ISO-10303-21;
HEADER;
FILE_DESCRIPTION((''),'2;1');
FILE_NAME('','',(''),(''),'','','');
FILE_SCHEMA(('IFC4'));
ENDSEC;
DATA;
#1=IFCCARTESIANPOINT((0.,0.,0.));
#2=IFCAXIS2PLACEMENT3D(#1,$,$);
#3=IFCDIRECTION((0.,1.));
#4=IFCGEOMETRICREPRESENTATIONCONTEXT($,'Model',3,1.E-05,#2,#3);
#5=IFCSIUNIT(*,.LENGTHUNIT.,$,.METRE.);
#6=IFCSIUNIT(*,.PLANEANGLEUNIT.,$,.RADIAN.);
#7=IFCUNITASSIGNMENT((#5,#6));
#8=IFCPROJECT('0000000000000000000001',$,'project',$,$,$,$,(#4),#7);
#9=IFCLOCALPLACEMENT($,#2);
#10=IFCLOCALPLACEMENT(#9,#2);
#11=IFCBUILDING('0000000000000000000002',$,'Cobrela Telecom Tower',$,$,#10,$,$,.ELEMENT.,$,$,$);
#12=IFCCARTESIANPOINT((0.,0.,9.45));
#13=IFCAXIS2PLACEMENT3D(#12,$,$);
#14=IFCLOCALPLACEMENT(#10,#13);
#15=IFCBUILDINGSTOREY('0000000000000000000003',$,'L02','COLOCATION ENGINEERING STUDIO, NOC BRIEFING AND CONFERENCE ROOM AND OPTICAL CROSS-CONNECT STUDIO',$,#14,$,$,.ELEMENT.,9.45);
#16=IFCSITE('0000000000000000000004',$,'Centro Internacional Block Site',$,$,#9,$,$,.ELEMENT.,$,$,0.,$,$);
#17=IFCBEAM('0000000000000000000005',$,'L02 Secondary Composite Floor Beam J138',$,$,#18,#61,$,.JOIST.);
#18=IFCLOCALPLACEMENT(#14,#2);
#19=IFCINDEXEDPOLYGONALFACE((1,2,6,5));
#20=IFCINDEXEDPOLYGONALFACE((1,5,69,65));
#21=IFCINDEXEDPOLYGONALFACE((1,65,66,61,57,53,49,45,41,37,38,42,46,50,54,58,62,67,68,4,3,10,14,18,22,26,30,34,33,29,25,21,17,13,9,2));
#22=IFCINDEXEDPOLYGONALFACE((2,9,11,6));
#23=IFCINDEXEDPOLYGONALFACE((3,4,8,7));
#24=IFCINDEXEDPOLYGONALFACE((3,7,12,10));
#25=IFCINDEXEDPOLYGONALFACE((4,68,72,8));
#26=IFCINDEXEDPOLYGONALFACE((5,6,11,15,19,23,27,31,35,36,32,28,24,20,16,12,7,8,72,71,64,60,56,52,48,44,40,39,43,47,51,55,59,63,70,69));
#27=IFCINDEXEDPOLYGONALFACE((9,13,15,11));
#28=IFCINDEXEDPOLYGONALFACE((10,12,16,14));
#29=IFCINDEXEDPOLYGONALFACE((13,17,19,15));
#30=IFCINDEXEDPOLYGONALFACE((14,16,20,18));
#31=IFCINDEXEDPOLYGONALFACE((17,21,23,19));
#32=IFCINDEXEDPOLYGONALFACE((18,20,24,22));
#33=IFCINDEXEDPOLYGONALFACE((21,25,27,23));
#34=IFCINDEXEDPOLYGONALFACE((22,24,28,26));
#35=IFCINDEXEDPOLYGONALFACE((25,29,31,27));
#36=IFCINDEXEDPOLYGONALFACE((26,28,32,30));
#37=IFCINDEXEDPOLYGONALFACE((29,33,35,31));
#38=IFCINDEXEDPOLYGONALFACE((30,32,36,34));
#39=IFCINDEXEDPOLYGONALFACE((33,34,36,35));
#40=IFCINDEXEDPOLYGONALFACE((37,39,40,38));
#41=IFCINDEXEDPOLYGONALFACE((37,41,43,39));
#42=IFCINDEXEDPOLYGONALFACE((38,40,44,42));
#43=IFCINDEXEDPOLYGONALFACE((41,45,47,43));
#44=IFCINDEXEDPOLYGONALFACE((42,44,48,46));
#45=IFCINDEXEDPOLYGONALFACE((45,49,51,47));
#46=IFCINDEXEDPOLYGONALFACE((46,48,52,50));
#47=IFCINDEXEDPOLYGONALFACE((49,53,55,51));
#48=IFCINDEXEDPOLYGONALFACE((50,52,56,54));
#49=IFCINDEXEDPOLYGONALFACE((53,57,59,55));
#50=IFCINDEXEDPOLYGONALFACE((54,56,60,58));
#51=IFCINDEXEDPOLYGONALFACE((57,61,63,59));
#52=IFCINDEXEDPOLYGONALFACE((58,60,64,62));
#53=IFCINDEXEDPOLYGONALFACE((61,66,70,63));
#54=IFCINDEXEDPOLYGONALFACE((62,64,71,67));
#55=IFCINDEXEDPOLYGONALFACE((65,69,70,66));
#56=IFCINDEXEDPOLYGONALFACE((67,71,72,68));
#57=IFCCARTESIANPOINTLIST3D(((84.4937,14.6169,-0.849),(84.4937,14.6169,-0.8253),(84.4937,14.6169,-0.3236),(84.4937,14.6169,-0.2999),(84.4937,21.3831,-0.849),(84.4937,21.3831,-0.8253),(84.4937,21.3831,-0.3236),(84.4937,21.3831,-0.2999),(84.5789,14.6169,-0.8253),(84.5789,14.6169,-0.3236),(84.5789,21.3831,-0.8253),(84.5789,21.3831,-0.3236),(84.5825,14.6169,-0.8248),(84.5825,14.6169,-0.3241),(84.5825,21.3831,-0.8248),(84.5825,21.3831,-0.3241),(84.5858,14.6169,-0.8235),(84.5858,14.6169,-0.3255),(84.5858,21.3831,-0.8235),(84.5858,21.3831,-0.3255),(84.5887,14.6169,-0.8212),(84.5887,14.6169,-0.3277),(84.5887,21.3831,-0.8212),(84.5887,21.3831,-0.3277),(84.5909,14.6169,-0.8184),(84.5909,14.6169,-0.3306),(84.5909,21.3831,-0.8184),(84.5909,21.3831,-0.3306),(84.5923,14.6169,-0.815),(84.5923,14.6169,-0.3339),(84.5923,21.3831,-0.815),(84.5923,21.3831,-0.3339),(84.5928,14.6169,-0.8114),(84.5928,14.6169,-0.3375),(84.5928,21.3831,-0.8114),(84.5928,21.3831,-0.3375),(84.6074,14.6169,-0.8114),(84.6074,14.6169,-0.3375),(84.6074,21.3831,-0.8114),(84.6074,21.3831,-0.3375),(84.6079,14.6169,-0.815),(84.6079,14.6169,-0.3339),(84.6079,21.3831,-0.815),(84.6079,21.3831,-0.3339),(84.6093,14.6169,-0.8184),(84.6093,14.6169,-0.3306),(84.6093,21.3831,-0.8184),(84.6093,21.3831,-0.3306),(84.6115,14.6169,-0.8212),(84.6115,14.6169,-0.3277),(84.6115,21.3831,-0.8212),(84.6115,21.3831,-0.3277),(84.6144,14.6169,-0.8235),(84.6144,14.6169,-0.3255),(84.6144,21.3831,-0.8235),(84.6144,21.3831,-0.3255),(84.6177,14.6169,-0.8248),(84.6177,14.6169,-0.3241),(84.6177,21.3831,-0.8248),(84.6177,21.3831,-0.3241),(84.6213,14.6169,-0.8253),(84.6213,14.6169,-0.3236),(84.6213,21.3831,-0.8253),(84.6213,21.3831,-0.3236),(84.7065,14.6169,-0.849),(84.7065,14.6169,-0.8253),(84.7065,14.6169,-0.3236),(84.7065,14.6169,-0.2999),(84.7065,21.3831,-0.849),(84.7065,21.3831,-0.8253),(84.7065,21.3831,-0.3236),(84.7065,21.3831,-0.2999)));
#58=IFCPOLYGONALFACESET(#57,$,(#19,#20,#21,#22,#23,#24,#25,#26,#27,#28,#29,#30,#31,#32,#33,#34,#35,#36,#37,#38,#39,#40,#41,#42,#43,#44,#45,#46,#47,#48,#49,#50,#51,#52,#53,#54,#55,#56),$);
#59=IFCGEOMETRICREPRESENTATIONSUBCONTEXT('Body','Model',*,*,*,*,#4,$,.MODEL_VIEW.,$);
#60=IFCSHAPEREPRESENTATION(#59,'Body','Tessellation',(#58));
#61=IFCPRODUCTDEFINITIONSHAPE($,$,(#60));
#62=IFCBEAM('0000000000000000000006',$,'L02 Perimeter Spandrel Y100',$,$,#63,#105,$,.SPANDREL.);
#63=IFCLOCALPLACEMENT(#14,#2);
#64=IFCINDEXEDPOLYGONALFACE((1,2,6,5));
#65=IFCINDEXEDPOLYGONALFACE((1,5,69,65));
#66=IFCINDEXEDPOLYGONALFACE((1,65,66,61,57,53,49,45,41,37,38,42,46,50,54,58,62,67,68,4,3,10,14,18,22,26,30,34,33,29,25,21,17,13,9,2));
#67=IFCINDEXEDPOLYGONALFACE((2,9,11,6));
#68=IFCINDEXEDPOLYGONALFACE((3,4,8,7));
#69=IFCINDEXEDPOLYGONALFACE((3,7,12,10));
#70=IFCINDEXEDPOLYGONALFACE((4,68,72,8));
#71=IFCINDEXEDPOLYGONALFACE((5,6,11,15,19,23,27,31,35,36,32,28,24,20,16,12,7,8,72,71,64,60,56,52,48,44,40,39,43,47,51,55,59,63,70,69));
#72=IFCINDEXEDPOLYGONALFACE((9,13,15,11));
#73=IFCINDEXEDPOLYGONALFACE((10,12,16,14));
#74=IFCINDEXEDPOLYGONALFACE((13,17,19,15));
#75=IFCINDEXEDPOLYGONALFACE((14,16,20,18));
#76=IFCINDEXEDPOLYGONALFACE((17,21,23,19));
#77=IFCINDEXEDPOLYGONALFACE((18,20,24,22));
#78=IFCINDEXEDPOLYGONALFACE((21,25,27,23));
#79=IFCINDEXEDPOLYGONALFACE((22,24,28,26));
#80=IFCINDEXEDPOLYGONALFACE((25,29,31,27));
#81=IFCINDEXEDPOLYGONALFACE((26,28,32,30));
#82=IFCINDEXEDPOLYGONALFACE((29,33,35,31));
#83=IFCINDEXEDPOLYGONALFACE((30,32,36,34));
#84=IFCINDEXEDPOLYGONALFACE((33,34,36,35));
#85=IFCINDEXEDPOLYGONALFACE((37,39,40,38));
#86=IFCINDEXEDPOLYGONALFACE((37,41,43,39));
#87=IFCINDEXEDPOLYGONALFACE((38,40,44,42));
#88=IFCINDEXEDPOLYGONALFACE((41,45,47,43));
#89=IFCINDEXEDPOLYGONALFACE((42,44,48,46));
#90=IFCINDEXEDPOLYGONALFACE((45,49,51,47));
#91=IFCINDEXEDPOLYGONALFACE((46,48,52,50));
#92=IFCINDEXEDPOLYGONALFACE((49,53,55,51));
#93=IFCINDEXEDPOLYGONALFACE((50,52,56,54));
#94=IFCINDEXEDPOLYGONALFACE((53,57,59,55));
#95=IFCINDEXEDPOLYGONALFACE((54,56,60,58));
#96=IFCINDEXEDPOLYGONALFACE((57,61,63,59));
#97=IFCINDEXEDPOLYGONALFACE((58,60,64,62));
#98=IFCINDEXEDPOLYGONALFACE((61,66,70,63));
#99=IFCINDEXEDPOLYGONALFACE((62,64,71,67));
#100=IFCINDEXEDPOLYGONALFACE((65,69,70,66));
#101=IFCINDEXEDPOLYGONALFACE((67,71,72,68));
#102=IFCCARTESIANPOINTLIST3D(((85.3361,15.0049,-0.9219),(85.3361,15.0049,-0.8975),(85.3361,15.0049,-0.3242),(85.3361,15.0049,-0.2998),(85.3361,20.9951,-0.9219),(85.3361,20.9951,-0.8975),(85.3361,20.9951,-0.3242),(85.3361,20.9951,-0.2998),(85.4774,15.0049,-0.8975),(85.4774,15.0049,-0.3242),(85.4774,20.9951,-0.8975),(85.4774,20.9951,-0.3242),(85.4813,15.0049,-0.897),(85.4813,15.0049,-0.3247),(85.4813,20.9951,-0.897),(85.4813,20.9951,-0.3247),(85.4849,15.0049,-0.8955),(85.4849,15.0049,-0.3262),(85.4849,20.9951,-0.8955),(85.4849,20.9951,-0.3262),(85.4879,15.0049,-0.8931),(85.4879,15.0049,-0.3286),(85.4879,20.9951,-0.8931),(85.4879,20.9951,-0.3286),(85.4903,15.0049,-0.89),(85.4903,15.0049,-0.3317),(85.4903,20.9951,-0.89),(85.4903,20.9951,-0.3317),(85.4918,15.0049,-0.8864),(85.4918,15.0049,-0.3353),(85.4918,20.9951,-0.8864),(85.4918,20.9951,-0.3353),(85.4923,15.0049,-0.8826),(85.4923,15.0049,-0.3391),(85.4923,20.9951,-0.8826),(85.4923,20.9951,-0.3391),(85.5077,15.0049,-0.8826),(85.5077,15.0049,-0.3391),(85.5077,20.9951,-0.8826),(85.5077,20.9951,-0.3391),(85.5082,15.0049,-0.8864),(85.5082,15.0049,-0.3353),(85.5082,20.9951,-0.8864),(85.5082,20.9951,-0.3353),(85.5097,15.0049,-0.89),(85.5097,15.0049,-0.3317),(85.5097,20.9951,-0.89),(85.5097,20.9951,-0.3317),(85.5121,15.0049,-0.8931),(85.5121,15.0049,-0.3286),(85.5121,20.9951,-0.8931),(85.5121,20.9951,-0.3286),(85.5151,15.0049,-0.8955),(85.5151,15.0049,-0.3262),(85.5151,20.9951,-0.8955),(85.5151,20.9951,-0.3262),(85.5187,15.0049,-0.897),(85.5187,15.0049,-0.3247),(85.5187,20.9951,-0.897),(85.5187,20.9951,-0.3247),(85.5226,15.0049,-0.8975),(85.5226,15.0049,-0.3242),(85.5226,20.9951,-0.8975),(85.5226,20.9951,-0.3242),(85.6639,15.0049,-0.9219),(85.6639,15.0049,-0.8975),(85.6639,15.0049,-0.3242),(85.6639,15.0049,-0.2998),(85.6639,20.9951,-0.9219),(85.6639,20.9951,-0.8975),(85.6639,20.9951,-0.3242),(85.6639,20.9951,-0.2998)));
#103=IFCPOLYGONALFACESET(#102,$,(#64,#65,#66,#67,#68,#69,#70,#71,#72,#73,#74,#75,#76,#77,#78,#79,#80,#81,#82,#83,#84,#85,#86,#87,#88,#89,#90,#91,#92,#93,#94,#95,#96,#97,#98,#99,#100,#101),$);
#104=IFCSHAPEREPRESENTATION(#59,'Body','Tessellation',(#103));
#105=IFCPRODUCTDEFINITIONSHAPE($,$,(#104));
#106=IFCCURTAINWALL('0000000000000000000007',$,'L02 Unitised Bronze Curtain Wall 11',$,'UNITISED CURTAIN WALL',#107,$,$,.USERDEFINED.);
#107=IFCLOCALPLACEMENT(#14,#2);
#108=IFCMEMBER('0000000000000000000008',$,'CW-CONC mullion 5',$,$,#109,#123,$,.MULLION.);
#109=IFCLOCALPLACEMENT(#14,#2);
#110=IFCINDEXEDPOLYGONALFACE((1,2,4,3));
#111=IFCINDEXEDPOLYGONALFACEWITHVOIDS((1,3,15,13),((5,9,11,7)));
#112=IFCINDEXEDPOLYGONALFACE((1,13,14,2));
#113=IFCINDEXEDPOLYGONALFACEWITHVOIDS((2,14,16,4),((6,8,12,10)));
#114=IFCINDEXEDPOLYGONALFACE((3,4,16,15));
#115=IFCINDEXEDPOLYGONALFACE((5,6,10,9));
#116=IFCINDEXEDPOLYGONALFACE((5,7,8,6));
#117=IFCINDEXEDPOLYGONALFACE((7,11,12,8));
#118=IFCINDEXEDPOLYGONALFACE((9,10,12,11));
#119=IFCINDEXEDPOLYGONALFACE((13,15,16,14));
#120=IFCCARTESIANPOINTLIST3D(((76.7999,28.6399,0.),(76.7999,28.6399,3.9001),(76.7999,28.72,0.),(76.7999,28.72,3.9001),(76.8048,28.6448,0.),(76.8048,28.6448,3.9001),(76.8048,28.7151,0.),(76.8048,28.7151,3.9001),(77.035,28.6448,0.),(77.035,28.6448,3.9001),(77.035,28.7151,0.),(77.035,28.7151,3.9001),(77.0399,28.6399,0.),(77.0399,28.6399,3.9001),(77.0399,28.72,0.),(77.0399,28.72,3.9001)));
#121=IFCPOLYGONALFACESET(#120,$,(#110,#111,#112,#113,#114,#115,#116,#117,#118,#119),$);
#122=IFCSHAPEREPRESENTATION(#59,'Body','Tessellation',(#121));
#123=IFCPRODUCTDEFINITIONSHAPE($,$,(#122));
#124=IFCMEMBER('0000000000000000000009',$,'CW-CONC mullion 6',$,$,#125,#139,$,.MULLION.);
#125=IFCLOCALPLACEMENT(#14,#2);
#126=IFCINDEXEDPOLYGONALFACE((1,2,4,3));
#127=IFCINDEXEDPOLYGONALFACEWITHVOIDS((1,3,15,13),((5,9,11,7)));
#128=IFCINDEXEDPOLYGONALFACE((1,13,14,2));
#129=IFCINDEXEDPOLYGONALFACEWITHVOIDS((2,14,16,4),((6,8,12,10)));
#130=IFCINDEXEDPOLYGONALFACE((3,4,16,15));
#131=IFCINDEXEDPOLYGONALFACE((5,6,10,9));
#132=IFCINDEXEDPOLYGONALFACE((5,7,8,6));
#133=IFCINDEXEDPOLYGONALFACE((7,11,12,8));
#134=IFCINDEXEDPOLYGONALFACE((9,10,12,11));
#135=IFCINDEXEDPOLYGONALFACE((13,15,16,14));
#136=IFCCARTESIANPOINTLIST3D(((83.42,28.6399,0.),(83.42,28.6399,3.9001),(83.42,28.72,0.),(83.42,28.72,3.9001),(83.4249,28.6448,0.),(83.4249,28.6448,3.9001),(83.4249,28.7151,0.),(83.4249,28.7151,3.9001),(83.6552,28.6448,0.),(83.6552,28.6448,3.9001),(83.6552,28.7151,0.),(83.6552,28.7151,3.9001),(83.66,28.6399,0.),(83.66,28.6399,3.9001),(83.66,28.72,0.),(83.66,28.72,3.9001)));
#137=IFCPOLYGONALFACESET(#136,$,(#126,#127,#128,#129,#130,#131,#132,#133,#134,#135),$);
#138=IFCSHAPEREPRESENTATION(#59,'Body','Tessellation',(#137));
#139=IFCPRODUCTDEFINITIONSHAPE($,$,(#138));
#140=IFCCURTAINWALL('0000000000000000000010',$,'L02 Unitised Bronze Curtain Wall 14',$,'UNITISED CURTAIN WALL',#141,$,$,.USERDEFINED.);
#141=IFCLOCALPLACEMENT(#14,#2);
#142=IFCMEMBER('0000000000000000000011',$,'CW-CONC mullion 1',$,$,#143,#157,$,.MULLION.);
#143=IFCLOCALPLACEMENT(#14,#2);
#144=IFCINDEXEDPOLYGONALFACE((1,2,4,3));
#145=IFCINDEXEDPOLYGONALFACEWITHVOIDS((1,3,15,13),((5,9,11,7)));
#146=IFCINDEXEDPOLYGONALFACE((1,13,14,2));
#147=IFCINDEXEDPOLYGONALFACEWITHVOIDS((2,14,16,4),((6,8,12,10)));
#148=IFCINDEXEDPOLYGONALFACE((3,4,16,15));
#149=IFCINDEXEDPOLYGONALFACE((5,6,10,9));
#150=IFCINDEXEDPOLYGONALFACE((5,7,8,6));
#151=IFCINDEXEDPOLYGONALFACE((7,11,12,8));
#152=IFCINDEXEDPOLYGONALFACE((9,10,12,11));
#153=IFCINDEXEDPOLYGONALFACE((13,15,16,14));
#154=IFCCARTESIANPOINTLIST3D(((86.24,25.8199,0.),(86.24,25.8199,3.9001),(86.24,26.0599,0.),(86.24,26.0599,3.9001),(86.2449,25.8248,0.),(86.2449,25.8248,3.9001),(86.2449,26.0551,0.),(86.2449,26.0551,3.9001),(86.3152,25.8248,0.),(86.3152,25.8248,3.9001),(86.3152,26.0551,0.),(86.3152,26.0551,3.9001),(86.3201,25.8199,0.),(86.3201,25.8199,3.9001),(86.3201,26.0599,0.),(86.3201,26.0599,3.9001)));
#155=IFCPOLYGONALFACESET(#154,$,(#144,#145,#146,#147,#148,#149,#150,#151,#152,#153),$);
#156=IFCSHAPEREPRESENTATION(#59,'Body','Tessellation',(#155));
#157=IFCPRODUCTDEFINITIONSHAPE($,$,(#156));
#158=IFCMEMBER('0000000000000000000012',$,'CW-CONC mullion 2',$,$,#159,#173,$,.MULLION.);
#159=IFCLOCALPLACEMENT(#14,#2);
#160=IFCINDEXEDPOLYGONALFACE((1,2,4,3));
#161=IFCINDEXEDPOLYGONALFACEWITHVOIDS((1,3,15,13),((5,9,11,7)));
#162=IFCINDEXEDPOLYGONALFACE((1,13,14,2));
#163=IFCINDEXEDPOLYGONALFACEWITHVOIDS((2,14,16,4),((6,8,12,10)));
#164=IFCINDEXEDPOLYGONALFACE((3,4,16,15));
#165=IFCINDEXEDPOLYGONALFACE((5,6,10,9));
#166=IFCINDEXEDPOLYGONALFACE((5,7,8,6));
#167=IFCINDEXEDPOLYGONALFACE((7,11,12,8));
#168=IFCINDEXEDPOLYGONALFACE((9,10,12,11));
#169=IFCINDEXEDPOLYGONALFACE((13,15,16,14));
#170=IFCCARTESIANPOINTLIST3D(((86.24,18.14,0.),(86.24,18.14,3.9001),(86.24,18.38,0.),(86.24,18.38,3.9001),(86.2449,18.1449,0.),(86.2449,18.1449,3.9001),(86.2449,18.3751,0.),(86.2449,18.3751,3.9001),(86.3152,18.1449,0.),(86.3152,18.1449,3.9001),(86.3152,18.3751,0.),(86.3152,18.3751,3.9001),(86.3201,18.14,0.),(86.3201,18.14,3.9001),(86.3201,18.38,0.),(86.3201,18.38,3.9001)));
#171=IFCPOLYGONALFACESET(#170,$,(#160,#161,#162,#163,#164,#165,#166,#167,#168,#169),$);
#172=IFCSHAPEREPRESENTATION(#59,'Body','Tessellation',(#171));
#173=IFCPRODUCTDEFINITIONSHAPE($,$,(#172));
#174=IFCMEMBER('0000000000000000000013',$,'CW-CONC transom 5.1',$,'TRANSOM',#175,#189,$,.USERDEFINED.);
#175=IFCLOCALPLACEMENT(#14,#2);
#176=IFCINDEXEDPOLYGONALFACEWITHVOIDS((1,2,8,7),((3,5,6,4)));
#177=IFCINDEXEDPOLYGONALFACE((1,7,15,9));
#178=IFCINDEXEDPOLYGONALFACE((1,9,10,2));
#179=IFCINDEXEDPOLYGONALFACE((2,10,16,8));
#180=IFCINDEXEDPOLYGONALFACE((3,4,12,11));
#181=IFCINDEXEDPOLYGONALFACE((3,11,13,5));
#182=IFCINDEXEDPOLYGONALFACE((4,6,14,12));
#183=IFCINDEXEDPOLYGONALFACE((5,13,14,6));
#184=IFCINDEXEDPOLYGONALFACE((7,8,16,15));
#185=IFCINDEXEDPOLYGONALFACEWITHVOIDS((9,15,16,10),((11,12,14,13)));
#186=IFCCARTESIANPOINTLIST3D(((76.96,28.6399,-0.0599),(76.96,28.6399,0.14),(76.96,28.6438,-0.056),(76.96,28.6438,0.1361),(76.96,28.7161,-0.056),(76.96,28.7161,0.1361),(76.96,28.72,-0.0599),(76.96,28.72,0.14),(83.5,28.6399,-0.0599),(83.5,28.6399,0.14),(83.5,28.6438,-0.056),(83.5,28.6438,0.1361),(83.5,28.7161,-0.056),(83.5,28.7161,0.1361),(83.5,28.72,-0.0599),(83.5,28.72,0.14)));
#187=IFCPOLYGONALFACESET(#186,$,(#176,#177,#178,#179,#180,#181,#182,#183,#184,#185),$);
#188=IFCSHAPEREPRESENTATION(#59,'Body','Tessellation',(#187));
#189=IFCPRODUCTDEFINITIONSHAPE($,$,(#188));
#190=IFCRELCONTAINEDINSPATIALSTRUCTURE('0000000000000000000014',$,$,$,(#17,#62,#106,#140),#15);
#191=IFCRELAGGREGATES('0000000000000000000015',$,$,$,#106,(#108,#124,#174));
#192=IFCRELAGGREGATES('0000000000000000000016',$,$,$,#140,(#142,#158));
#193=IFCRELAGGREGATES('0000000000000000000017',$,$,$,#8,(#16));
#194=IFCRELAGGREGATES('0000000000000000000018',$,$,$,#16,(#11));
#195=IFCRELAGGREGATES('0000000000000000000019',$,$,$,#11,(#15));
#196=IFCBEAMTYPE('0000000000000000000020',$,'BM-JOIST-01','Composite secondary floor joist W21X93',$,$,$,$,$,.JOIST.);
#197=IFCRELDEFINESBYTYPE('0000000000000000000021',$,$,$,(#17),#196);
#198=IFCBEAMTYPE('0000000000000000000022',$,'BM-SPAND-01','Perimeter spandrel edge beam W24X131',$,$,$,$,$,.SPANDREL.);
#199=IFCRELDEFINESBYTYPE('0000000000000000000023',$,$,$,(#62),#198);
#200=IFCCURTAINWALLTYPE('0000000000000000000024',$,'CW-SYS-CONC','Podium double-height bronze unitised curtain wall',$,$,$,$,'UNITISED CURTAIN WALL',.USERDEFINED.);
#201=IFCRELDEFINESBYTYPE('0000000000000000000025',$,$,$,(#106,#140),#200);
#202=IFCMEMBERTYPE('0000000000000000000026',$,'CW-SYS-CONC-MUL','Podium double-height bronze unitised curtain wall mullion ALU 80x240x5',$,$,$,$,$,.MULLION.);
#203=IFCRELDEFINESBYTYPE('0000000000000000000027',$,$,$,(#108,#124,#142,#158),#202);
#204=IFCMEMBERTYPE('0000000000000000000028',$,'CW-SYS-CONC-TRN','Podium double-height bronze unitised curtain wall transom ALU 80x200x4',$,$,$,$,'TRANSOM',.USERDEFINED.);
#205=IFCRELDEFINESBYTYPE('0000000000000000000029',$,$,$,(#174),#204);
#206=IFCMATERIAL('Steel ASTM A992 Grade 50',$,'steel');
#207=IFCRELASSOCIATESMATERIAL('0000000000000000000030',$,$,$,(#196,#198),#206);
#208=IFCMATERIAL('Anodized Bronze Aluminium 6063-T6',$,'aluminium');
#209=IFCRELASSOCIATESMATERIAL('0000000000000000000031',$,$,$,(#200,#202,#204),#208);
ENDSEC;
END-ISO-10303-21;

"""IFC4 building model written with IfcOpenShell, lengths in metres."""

from ifc_helpers import new_model, si_unit, direction, frame, origin, origin_2d, place, context, subcontext, project, spatial, hollow_rectangle, i_section, extrude, material, material_profile, profile_set, type_object, element, aggregate, save


model = new_model("IFC4")

# Units and contexts
model_context = context("Model", 3, precision=1e-05, world=origin(), true_north=direction((0.0, 1.0)))
body_context = subcontext(model_context, "Body", "Model", "MODEL_VIEW")
ifc_project = project(units=[si_unit("LENGTHUNIT", "METRE"), si_unit("PLANEANGLEUNIT", "RADIAN")], contexts=[model_context])

# Site, building, storey
site_placement = place(None, origin())
site = spatial("IfcSite", under=ifc_project, at=site_placement, Name="Centro Internacional Block Site", CompositionType="ELEMENT", RefElevation=0.0)
building_placement = place(site_placement, origin())
building = spatial("IfcBuilding", under=site, at=building_placement, Name="Cobrela Telecom Tower", CompositionType="ELEMENT")
storey_placement = place(building_placement, frame((0.0, 0.0, 9.45)))
storey = spatial("IfcBuildingStorey", under=building, at=storey_placement, Name="L02", Description="COLOCATION ENGINEERING STUDIO, NOC BRIEFING AND CONFERENCE ROOM AND OPTICAL CROSS-CONNECT STUDIO", CompositionType="ELEMENT", Elevation=9.45)

# Beams
ifc_material_1 = material(Name="Steel ASTM A992 Grade 50", Category="steel")
ifc_material_profile_1 = material_profile(ifc_material_1, i_section(OverallWidth=0.2129, OverallDepth=0.5491, WebThickness=0.0146, FlangeThickness=0.0237, FilletRadius=0.0139, at=origin_2d()), Name="W21X93")
ifc_profile_set_1 = profile_set([ifc_material_profile_1], Name="Steel ASTM A992 Grade 50")
beam_type_1 = type_object("IfcBeamType", Name="BM-JOIST-01", Description="Composite secondary floor joist W21X93", PredefinedType="JOIST", material=ifc_profile_set_1)
for number, where, z_axis, x_axis, name in (
    (1, (84.6001, 14.6169, -0.5745), (0.0, 1.0, 0.0), (-1.0, 0.0, 0.0), "L02 Secondary Composite Floor Beam J138"),
):
    element("IfcBeam", number, at=place(storey_placement, frame(where, z_axis=z_axis, x_axis=x_axis)), inside=storey, type_object=beam_type_1, Name=name, PredefinedType="JOIST", context=body_context, shape_type="SweptSolid", body=[
        extrude(i_section(OverallWidth=0.2129, OverallDepth=0.5491, WebThickness=0.0146, FlangeThickness=0.0237, FilletRadius=0.0139, at=origin_2d()), origin(), (0.0, 0.0, 1.0), 6.7661),
    ])
ifc_material_profile_2 = material_profile(ifc_material_1, i_section(OverallWidth=0.3279, OverallDepth=0.6221, WebThickness=0.0154, FlangeThickness=0.0244, FilletRadius=0.0149, at=origin_2d()), Name="W24X131")
ifc_profile_set_2 = profile_set([ifc_material_profile_2], Name="Steel ASTM A992 Grade 50")
beam_type_2 = type_object("IfcBeamType", Name="BM-SPAND-01", Description="Perimeter spandrel edge beam W24X131", PredefinedType="SPANDREL", material=ifc_profile_set_2)
beam_1_placement = place(storey_placement, frame((85.5, 15.0049, -0.6108), z_axis=(0.0, 1.0, 0.0), x_axis=(-1.0, 0.0, 0.0)))
element("IfcBeam", 2, at=beam_1_placement, inside=storey, type_object=beam_type_2, Name="L02 Perimeter Spandrel Y100", PredefinedType="SPANDREL", context=body_context, shape_type="SweptSolid", body=[
    extrude(i_section(OverallWidth=0.3279, OverallDepth=0.6221, WebThickness=0.0154, FlangeThickness=0.0244, FilletRadius=0.0149, at=origin_2d()), origin(), (0.0, 0.0, 1.0), 5.9902),
])

# Curtain walls, members
ifc_material_2 = material(Name="Anodized Bronze Aluminium 6063-T6", Category="aluminium")
curtain_wall_type = type_object("IfcCurtainWallType", Name="CW-SYS-CONC", Description="Podium double-height bronze unitised curtain wall", ElementType="UNITISED CURTAIN WALL", PredefinedType="USERDEFINED", material=ifc_material_2)
curtain_wall_1_placement = place(storey_placement, origin())
curtain_wall_1 = element("IfcCurtainWall", 3, at=curtain_wall_1_placement, inside=storey, type_object=curtain_wall_type, Name="L02 Unitised Bronze Curtain Wall 11", ObjectType="UNITISED CURTAIN WALL", PredefinedType="USERDEFINED")
ifc_material_profile_3 = material_profile(ifc_material_2, hollow_rectangle(XDim=0.0801, YDim=0.24, WallThickness=0.0049, at=origin_2d()), Name="ALU 80x240x5")
ifc_profile_set_3 = profile_set([ifc_material_profile_3], Name="Anodized Bronze Aluminium 6063-T6")
member_type_1 = type_object("IfcMemberType", Name="CW-SYS-CONC-MUL", Description="Podium double-height bronze unitised curtain wall mullion ALU 80x240x5", PredefinedType="MULLION", material=ifc_profile_set_3)
member_1_placement = place(storey_placement, frame((76.9199, 28.6799, 0.0), z_axis=(0.0, 0.0, 1.0), x_axis=(0.0, 1.0, 0.0)))
member_1 = element("IfcMember", 4, at=member_1_placement, type_object=member_type_1, Name="CW-CONC mullion 5", PredefinedType="MULLION", context=body_context, shape_type="SweptSolid", body=[
    extrude(hollow_rectangle(XDim=0.0801, YDim=0.24, WallThickness=0.0049, at=origin_2d()), origin(), (0.0, 0.0, 1.0), 3.9001),
])
member_2_placement = place(storey_placement, frame((83.54, 28.6799, 0.0), z_axis=(0.0, 0.0, 1.0), x_axis=(0.0, 1.0, 0.0)))
member_2 = element("IfcMember", 5, at=member_2_placement, type_object=member_type_1, Name="CW-CONC mullion 6", PredefinedType="MULLION", context=body_context, shape_type="SweptSolid", body=[
    extrude(hollow_rectangle(XDim=0.0801, YDim=0.24, WallThickness=0.0049, at=origin_2d()), origin(), (0.0, 0.0, 1.0), 3.9001),
])
curtain_wall_2_placement = place(storey_placement, origin())
curtain_wall_2 = element("IfcCurtainWall", 6, at=curtain_wall_2_placement, inside=storey, type_object=curtain_wall_type, Name="L02 Unitised Bronze Curtain Wall 14", ObjectType="UNITISED CURTAIN WALL", PredefinedType="USERDEFINED")
member_3_placement = place(storey_placement, frame((86.28, 25.9399, 0.0), z_axis=(0.0, 0.0, 1.0), x_axis=(1.0, 0.0, 0.0)))
member_3 = element("IfcMember", 7, at=member_3_placement, type_object=member_type_1, Name="CW-CONC mullion 1", PredefinedType="MULLION", context=body_context, shape_type="SweptSolid", body=[
    extrude(hollow_rectangle(XDim=0.0801, YDim=0.24, WallThickness=0.0049, at=origin_2d()), origin(), (0.0, 0.0, 1.0), 3.9001),
])
member_4_placement = place(storey_placement, frame((86.28, 18.26, 0.0), z_axis=(0.0, 0.0, 1.0), x_axis=(1.0, 0.0, 0.0)))
member_4 = element("IfcMember", 8, at=member_4_placement, type_object=member_type_1, Name="CW-CONC mullion 2", PredefinedType="MULLION", context=body_context, shape_type="SweptSolid", body=[
    extrude(hollow_rectangle(XDim=0.0801, YDim=0.24, WallThickness=0.0049, at=origin_2d()), origin(), (0.0, 0.0, 1.0), 3.9001),
])

# Member
ifc_material_profile_4 = material_profile(ifc_material_2, hollow_rectangle(XDim=0.0801, YDim=0.2, WallThickness=0.0039, at=origin_2d()), Name="ALU 80x200x4")
ifc_profile_set_4 = profile_set([ifc_material_profile_4], Name="Anodized Bronze Aluminium 6063-T6")
member_type_2 = type_object("IfcMemberType", Name="CW-SYS-CONC-TRN", Description="Podium double-height bronze unitised curtain wall transom ALU 80x200x4", ElementType="TRANSOM", PredefinedType="USERDEFINED", material=ifc_profile_set_4)
member_5_placement = place(storey_placement, frame((76.96, 28.6799, 0.04), z_axis=(1.0, 0.0, 0.0), x_axis=(0.0, 1.0, 0.0)))
member_5 = element("IfcMember", 9, at=member_5_placement, type_object=member_type_2, Name="CW-CONC transom 5.1", ObjectType="TRANSOM", PredefinedType="USERDEFINED", context=body_context, shape_type="SweptSolid", body=[
    extrude(hollow_rectangle(XDim=0.0801, YDim=0.2, WallThickness=0.0039, at=origin_2d()), origin(), (0.0, 0.0, 1.0), 6.54),
])

aggregate(curtain_wall_1, [member_1, member_2, member_5])
aggregate(curtain_wall_2, [member_3, member_4])

save(model, "model.ifc")
